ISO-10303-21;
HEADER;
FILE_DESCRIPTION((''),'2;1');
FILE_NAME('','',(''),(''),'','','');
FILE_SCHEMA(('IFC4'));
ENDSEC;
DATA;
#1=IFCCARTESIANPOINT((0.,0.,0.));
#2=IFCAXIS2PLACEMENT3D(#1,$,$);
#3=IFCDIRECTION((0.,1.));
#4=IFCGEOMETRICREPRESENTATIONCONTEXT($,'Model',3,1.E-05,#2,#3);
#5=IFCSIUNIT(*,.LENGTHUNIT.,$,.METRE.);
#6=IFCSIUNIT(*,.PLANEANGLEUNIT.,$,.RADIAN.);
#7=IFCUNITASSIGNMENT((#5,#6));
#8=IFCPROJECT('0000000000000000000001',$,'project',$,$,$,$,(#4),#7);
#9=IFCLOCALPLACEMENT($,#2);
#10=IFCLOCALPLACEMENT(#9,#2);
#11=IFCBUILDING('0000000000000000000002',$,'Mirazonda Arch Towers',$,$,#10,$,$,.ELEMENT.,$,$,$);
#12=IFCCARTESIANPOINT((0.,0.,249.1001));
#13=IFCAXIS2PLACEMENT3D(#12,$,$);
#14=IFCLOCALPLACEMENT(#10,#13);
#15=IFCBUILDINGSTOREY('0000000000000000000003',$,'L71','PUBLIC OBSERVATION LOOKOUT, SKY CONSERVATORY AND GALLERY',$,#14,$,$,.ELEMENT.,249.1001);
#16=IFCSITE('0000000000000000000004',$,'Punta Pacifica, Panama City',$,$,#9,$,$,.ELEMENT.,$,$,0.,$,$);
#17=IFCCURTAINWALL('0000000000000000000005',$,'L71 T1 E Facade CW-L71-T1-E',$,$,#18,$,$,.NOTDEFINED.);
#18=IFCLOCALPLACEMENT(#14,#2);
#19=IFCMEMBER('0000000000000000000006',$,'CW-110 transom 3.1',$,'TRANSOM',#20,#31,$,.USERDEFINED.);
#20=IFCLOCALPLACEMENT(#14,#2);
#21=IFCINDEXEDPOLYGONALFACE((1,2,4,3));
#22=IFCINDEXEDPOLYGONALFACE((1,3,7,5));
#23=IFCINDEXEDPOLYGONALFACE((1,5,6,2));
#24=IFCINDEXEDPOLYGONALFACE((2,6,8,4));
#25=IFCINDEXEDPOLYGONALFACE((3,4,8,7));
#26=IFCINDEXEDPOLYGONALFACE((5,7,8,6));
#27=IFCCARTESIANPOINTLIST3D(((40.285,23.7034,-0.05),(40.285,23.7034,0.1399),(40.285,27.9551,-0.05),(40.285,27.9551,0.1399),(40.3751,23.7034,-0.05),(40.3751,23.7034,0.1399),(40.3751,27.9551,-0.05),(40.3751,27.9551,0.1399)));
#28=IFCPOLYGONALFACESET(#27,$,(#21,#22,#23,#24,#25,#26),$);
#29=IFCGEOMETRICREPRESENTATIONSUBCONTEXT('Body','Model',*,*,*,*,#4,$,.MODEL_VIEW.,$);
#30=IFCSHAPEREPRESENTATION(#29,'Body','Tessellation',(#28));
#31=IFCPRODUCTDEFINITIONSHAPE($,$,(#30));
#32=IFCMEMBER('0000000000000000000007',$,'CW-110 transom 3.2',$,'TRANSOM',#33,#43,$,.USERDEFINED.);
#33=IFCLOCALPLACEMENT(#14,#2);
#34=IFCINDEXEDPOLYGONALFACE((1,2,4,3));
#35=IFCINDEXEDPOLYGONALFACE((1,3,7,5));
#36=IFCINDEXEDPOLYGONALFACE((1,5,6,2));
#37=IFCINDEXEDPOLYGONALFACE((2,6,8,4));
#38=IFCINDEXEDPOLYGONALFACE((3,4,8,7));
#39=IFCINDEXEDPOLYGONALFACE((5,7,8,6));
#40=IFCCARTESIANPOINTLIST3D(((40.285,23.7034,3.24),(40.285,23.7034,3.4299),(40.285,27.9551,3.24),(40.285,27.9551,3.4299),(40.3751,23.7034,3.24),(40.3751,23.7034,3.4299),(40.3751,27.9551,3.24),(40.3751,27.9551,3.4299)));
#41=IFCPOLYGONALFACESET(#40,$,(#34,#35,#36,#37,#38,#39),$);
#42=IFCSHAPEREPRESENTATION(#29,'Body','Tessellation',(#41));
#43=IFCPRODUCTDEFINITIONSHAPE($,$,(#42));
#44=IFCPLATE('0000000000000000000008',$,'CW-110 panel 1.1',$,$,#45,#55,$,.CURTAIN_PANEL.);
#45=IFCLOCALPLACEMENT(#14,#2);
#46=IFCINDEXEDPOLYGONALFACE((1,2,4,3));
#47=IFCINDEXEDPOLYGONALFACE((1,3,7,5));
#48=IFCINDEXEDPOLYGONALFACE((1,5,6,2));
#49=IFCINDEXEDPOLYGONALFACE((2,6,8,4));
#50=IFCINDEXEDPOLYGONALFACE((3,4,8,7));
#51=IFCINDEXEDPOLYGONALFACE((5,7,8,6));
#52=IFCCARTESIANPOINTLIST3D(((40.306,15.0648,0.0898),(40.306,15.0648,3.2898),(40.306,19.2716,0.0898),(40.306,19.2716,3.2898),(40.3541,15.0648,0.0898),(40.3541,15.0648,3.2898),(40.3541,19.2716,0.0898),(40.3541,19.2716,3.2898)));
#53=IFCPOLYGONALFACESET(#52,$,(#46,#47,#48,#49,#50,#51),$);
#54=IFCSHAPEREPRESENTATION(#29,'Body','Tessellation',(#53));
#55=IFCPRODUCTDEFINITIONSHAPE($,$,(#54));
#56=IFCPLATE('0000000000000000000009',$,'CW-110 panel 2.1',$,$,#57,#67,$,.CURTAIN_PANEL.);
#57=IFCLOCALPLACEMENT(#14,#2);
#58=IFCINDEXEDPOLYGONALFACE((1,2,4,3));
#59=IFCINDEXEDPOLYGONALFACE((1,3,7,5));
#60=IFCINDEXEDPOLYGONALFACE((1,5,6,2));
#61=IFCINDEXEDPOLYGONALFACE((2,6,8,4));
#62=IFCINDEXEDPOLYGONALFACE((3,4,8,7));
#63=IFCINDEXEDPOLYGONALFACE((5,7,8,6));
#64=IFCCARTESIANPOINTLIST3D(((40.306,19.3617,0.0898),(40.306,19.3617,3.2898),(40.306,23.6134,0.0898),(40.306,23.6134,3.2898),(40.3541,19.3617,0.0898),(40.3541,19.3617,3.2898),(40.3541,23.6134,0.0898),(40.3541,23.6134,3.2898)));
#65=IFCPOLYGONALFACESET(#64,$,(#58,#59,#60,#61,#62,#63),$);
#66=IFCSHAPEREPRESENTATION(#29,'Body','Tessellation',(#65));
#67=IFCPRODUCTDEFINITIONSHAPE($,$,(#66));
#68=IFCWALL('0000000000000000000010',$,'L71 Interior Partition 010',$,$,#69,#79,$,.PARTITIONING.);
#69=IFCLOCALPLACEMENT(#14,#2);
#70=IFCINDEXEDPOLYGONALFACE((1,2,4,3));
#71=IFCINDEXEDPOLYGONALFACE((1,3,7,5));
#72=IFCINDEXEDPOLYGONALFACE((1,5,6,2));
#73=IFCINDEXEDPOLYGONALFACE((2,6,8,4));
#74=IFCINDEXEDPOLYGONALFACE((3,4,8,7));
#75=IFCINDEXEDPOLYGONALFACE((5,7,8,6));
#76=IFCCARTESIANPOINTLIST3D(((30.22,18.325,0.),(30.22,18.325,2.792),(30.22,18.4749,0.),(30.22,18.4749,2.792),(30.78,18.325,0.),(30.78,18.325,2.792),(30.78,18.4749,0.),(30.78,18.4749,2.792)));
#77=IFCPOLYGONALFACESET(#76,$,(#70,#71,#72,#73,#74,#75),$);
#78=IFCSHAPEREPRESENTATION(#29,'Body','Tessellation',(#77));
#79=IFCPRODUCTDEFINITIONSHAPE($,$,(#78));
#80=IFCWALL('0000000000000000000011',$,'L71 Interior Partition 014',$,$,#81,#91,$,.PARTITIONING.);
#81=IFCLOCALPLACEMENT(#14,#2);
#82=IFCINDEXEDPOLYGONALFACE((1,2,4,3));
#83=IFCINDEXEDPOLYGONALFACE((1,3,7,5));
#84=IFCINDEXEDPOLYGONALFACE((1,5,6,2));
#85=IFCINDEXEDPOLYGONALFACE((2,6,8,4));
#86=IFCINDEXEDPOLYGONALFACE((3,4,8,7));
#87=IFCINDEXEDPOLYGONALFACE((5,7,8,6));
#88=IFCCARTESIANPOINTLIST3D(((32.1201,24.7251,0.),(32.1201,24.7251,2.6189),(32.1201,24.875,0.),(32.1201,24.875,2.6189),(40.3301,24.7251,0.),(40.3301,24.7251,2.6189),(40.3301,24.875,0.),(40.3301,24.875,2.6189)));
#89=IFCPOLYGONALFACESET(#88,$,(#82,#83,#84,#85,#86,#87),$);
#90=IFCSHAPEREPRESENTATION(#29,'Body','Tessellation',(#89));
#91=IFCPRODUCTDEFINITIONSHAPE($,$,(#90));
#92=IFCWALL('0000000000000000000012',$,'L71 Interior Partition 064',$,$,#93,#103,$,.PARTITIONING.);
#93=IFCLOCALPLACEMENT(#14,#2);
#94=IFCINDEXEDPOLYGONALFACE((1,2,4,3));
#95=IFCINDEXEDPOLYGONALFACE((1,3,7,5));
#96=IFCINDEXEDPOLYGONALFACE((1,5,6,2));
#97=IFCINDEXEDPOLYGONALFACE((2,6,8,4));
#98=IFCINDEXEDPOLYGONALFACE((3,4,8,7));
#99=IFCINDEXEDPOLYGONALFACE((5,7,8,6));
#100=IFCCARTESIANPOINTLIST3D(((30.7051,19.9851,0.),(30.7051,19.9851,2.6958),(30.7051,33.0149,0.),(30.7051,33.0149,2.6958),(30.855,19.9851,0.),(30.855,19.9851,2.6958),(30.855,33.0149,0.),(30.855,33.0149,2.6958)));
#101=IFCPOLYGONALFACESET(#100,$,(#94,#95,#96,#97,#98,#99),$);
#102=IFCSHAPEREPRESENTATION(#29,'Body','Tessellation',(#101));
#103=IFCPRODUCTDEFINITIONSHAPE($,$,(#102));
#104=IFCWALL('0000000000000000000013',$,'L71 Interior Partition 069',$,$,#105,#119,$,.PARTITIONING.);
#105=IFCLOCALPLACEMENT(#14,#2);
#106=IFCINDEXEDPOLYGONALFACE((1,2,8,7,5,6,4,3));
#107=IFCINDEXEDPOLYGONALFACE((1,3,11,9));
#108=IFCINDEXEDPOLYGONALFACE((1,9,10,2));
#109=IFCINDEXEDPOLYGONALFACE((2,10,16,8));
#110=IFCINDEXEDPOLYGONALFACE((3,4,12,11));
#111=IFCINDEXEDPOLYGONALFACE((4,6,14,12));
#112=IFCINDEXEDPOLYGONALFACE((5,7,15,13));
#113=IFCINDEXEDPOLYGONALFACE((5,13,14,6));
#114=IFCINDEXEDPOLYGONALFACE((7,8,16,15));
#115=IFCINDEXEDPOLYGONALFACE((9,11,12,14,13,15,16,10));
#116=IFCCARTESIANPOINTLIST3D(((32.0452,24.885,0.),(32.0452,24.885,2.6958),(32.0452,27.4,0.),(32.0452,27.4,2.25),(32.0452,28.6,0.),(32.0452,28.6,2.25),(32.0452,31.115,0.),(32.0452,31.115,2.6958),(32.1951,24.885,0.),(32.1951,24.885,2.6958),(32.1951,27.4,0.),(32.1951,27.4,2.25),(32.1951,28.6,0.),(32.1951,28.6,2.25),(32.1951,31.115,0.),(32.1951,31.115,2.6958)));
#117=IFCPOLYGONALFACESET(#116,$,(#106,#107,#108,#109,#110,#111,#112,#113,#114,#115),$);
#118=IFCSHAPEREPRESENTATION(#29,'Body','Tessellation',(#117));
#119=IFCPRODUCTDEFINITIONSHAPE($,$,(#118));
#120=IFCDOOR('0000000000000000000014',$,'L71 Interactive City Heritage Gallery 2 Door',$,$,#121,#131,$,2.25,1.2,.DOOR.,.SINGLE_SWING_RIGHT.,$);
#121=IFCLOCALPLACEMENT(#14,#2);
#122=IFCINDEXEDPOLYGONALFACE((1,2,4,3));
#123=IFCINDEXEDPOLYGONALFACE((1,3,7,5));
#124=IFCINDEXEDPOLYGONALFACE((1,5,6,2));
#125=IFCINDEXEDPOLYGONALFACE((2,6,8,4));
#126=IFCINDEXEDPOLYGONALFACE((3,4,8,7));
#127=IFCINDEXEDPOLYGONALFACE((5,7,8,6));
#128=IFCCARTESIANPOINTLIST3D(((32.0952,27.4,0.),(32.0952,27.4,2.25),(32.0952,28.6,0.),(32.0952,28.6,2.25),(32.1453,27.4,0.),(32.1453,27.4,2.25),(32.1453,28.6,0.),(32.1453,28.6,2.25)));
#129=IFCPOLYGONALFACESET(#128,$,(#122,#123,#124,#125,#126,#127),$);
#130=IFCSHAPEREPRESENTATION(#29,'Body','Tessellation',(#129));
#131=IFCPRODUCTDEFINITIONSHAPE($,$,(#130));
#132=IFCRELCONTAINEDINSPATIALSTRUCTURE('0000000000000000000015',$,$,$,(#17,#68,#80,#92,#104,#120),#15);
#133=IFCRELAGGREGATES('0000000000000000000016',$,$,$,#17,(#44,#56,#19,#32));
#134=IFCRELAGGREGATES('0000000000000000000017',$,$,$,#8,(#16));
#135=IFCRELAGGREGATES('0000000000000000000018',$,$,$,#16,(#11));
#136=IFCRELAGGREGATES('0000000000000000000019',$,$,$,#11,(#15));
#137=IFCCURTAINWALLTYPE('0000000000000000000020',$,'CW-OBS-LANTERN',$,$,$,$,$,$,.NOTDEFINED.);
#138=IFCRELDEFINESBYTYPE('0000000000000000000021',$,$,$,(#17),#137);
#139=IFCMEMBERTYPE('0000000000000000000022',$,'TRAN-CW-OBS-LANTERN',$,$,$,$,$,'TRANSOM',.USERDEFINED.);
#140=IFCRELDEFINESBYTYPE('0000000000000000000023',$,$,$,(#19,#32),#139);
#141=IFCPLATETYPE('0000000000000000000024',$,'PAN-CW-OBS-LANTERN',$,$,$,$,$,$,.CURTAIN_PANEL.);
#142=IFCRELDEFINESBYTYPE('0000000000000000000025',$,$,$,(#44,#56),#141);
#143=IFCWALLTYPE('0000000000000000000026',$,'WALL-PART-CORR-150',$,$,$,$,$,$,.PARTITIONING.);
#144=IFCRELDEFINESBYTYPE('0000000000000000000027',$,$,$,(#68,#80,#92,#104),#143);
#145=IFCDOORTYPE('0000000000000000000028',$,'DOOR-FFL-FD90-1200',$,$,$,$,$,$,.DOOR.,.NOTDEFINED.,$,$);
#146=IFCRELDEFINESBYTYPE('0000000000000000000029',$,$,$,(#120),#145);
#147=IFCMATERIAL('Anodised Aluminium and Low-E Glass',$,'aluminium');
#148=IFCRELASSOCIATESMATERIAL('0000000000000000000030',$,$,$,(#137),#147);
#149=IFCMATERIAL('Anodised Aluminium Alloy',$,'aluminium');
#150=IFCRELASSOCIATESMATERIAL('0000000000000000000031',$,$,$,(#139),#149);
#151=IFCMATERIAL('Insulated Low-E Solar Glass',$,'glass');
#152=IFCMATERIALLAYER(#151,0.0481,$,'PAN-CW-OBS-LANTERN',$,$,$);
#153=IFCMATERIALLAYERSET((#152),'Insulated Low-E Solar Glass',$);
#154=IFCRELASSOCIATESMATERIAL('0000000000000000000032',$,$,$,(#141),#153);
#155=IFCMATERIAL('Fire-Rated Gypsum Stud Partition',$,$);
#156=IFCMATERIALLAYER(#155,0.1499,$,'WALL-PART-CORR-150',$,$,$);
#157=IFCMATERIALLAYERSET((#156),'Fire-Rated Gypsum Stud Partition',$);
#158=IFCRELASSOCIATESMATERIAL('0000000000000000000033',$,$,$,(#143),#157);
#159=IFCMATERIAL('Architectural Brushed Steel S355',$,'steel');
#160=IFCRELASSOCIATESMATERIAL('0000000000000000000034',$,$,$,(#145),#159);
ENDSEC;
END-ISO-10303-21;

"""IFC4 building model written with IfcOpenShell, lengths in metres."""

from ifc_helpers import new_model, si_unit, direction, frame, frame_2d, origin, origin_2d, place, context, subcontext, project, spatial, rectangle, extrude, material, layer, layer_set, material_profile, profile_set, type_object, element, fill, aggregate, save


model = new_model("IFC4")

# Units and contexts
model_context = context("Model", 3, precision=1e-05, world=origin(), true_north=direction((0.0, 1.0)))
body_context = subcontext(model_context, "Body", "Model", "MODEL_VIEW")
ifc_project = project(units=[si_unit("LENGTHUNIT", "METRE"), si_unit("PLANEANGLEUNIT", "RADIAN")], contexts=[model_context])

# Site, building, storey
site_placement = place(None, origin())
site = spatial("IfcSite", under=ifc_project, at=site_placement, Name="Punta Pacifica, Panama City", CompositionType="ELEMENT", RefElevation=0.0)
building_placement = place(site_placement, origin())
building = spatial("IfcBuilding", under=site, at=building_placement, Name="Mirazonda Arch Towers", CompositionType="ELEMENT")
storey_placement = place(building_placement, frame((0.0, 0.0, 249.1001)))
storey = spatial("IfcBuildingStorey", under=building, at=storey_placement, Name="L71", Description="PUBLIC OBSERVATION LOOKOUT, SKY CONSERVATORY AND GALLERY", CompositionType="ELEMENT", Elevation=249.1001)

# Curtain wall, members, plates
ifc_material_1 = material(Name="Anodised Aluminium and Low-E Glass", Category="aluminium")
curtain_wall_type = type_object("IfcCurtainWallType", Name="CW-OBS-LANTERN", PredefinedType="NOTDEFINED", material=ifc_material_1)
curtain_wall_placement = place(storey_placement, origin())
curtain_wall = element("IfcCurtainWall", 1, at=curtain_wall_placement, inside=storey, type_object=curtain_wall_type, Name="L71 T1 E Facade CW-L71-T1-E", PredefinedType="NOTDEFINED")
ifc_material_2 = material(Name="Anodised Aluminium Alloy", Category="aluminium")
ifc_material_profile_1 = material_profile(ifc_material_2, rectangle(XDim=0.0901, YDim=0.1899, at=origin_2d()), Name="ALU-TRAN-90x190")
ifc_profile_set_1 = profile_set([ifc_material_profile_1], Name="Anodised Aluminium Alloy")
member_type_1 = type_object("IfcMemberType", Name="TRAN-CW-OBS-LANTERN", ElementType="TRANSOM", PredefinedType="USERDEFINED", material=ifc_profile_set_1)
member_1_placement = place(storey_placement, frame((40.3301, 23.7034, 0.0449), z_axis=(0.0, 1.0, 0.0), x_axis=(-1.0, 0.0, 0.0)))
member_1 = element("IfcMember", 2, at=member_1_placement, type_object=member_type_1, Name="CW-110 transom 3.1", ObjectType="TRANSOM", PredefinedType="USERDEFINED", context=body_context, shape_type="SweptSolid", body=[
    extrude(rectangle(XDim=0.0901, YDim=0.1899, at=origin_2d()), origin(), (0.0, 0.0, 1.0), 4.2517),
])
member_2_placement = place(storey_placement, frame((40.3301, 23.7034, 3.335), z_axis=(0.0, 1.0, 0.0), x_axis=(-1.0, 0.0, 0.0)))
member_2 = element("IfcMember", 3, at=member_2_placement, type_object=member_type_1, Name="CW-110 transom 3.2", ObjectType="TRANSOM", PredefinedType="USERDEFINED", context=body_context, shape_type="SweptSolid", body=[
    extrude(rectangle(XDim=0.0901, YDim=0.1899, at=origin_2d()), origin(), (0.0, 0.0, 1.0), 4.2517),
])
ifc_material_3 = material(Name="Insulated Low-E Solar Glass", Category="glass")
ifc_layer_1 = layer(ifc_material_3, 0.0481, Name="PAN-CW-OBS-LANTERN")
ifc_layer_set_1 = layer_set([ifc_layer_1], Name="Insulated Low-E Solar Glass")
plate_type = type_object("IfcPlateType", Name="PAN-CW-OBS-LANTERN", PredefinedType="CURTAIN_PANEL", material=ifc_layer_set_1)
plate_1_placement = place(storey_placement, frame((40.3301, 17.1682, 0.0898), z_axis=(0.0, 0.0, 1.0), x_axis=(0.0, 1.0, 0.0)))
plate_1 = element("IfcPlate", 4, at=plate_1_placement, type_object=plate_type, Name="CW-110 panel 1.1", PredefinedType="CURTAIN_PANEL", context=body_context, shape_type="SweptSolid", body=[
    extrude(rectangle(XDim=4.2068, YDim=0.0481, at=origin_2d()), origin(), (0.0, 0.0, 1.0), 3.2),
])
plate_2_placement = place(storey_placement, frame((40.3301, 21.4875, 0.0898), z_axis=(0.0, 0.0, 1.0), x_axis=(0.0, 1.0, 0.0)))
plate_2 = element("IfcPlate", 5, at=plate_2_placement, type_object=plate_type, Name="CW-110 panel 2.1", PredefinedType="CURTAIN_PANEL", context=body_context, shape_type="SweptSolid", body=[
    extrude(rectangle(XDim=4.2517, YDim=0.0481, at=origin_2d()), origin(), (0.0, 0.0, 1.0), 3.2),
])
aggregate(curtain_wall, [plate_1, plate_2, member_1, member_2])

# Walls
ifc_material_4 = material(Name="Fire-Rated Gypsum Stud Partition")
ifc_layer_2 = layer(ifc_material_4, 0.1499, Name="WALL-PART-CORR-150")
ifc_layer_set_2 = layer_set([ifc_layer_2], Name="Fire-Rated Gypsum Stud Partition")
wall_type = type_object("IfcWallType", Name="WALL-PART-CORR-150", PredefinedType="PARTITIONING", material=ifc_layer_set_2)
wall_1_placement = place(storey_placement, frame((30.22, 18.3999, 0.0), z_axis=(0.0, 0.0, 1.0), x_axis=(1.0, 0.0, 0.0)))
element("IfcWall", 6, at=wall_1_placement, inside=storey, type_object=wall_type, Name="L71 Interior Partition 010", PredefinedType="PARTITIONING", context=body_context, shape_type="SweptSolid", body=[
    extrude(rectangle(XDim=0.5601, YDim=0.1499, at=frame_2d((0.28, 0.0))), origin(), (0.0, 0.0, 1.0), 2.792),
])
wall_2_placement = place(storey_placement, frame((32.1201, 24.8, 0.0), z_axis=(0.0, 0.0, 1.0), x_axis=(1.0, 0.0, 0.0)))
element("IfcWall", 7, at=wall_2_placement, inside=storey, type_object=wall_type, Name="L71 Interior Partition 014", PredefinedType="PARTITIONING", context=body_context, shape_type="SweptSolid", body=[
    extrude(rectangle(XDim=8.21, YDim=0.1499, at=frame_2d((4.105, 0.0))), origin(), (0.0, 0.0, 1.0), 2.6189),
])
wall_3_placement = place(storey_placement, frame((30.78, 19.9851, 0.0), z_axis=(0.0, 0.0, 1.0), x_axis=(0.0, 1.0, 0.0)))
element("IfcWall", 8, at=wall_3_placement, inside=storey, type_object=wall_type, Name="L71 Interior Partition 064", PredefinedType="PARTITIONING", context=body_context, shape_type="SweptSolid", body=[
    extrude(rectangle(XDim=13.0298, YDim=0.1499, at=frame_2d((6.5149, 0.0))), origin(), (0.0, 0.0, 1.0), 2.6958),
])

# Wall, opening, door
wall_4_placement = place(storey_placement, frame((32.1201, 24.885, 0.0), z_axis=(0.0, 0.0, 1.0), x_axis=(0.0, 1.0, 0.0)))
wall_4 = element("IfcWall", 9, at=wall_4_placement, inside=storey, type_object=wall_type, Name="L71 Interior Partition 069", PredefinedType="PARTITIONING", context=body_context, shape_type="SweptSolid", body=[
    extrude(rectangle(XDim=6.23, YDim=0.1499, at=frame_2d((3.115, 0.0))), origin(), (0.0, 0.0, 1.0), 2.6958),
])
opening_placement = place(wall_4_placement, frame((2.5149, 0.0, 0.0)))
opening = element("IfcOpeningElement", 10, at=opening_placement, cuts=wall_4, PredefinedType="OPENING", context=body_context, shape_type="SweptSolid", body=[
    extrude(rectangle(XDim=1.2, YDim=2.25, at=frame_2d((0.6001, 1.125))), frame((0.0, 0.085, 0.0), z_axis=(0.0, -1.0, 0.0), x_axis=(1.0, 0.0, 0.0)), (0.0, 0.0, 1.0), 0.1699),
])
ifc_material_5 = material(Name="Architectural Brushed Steel S355", Category="steel")
door_type = type_object("IfcDoorType", Name="DOOR-FFL-FD90-1200", OperationType="NOTDEFINED", PredefinedType="DOOR", material=ifc_material_5)
door_placement = place(opening_placement, origin())
door = element("IfcDoor", 11, at=door_placement, inside=storey, type_object=door_type, Name="L71 Interactive City Heritage Gallery 2 Door", OperationType="SINGLE_SWING_RIGHT", OverallHeight=2.25, OverallWidth=1.2, PredefinedType="DOOR", context=body_context, shape_type="SweptSolid", body=[
    extrude(rectangle(XDim=1.2, YDim=2.25, at=frame_2d((0.6001, 1.125))), frame((0.0, 0.0249, 0.0), z_axis=(0.0, -1.0, 0.0), x_axis=(1.0, 0.0, 0.0)), (0.0, 0.0, 1.0), 0.05),
])
fill(opening, door)

save(model, "model.ifc")
